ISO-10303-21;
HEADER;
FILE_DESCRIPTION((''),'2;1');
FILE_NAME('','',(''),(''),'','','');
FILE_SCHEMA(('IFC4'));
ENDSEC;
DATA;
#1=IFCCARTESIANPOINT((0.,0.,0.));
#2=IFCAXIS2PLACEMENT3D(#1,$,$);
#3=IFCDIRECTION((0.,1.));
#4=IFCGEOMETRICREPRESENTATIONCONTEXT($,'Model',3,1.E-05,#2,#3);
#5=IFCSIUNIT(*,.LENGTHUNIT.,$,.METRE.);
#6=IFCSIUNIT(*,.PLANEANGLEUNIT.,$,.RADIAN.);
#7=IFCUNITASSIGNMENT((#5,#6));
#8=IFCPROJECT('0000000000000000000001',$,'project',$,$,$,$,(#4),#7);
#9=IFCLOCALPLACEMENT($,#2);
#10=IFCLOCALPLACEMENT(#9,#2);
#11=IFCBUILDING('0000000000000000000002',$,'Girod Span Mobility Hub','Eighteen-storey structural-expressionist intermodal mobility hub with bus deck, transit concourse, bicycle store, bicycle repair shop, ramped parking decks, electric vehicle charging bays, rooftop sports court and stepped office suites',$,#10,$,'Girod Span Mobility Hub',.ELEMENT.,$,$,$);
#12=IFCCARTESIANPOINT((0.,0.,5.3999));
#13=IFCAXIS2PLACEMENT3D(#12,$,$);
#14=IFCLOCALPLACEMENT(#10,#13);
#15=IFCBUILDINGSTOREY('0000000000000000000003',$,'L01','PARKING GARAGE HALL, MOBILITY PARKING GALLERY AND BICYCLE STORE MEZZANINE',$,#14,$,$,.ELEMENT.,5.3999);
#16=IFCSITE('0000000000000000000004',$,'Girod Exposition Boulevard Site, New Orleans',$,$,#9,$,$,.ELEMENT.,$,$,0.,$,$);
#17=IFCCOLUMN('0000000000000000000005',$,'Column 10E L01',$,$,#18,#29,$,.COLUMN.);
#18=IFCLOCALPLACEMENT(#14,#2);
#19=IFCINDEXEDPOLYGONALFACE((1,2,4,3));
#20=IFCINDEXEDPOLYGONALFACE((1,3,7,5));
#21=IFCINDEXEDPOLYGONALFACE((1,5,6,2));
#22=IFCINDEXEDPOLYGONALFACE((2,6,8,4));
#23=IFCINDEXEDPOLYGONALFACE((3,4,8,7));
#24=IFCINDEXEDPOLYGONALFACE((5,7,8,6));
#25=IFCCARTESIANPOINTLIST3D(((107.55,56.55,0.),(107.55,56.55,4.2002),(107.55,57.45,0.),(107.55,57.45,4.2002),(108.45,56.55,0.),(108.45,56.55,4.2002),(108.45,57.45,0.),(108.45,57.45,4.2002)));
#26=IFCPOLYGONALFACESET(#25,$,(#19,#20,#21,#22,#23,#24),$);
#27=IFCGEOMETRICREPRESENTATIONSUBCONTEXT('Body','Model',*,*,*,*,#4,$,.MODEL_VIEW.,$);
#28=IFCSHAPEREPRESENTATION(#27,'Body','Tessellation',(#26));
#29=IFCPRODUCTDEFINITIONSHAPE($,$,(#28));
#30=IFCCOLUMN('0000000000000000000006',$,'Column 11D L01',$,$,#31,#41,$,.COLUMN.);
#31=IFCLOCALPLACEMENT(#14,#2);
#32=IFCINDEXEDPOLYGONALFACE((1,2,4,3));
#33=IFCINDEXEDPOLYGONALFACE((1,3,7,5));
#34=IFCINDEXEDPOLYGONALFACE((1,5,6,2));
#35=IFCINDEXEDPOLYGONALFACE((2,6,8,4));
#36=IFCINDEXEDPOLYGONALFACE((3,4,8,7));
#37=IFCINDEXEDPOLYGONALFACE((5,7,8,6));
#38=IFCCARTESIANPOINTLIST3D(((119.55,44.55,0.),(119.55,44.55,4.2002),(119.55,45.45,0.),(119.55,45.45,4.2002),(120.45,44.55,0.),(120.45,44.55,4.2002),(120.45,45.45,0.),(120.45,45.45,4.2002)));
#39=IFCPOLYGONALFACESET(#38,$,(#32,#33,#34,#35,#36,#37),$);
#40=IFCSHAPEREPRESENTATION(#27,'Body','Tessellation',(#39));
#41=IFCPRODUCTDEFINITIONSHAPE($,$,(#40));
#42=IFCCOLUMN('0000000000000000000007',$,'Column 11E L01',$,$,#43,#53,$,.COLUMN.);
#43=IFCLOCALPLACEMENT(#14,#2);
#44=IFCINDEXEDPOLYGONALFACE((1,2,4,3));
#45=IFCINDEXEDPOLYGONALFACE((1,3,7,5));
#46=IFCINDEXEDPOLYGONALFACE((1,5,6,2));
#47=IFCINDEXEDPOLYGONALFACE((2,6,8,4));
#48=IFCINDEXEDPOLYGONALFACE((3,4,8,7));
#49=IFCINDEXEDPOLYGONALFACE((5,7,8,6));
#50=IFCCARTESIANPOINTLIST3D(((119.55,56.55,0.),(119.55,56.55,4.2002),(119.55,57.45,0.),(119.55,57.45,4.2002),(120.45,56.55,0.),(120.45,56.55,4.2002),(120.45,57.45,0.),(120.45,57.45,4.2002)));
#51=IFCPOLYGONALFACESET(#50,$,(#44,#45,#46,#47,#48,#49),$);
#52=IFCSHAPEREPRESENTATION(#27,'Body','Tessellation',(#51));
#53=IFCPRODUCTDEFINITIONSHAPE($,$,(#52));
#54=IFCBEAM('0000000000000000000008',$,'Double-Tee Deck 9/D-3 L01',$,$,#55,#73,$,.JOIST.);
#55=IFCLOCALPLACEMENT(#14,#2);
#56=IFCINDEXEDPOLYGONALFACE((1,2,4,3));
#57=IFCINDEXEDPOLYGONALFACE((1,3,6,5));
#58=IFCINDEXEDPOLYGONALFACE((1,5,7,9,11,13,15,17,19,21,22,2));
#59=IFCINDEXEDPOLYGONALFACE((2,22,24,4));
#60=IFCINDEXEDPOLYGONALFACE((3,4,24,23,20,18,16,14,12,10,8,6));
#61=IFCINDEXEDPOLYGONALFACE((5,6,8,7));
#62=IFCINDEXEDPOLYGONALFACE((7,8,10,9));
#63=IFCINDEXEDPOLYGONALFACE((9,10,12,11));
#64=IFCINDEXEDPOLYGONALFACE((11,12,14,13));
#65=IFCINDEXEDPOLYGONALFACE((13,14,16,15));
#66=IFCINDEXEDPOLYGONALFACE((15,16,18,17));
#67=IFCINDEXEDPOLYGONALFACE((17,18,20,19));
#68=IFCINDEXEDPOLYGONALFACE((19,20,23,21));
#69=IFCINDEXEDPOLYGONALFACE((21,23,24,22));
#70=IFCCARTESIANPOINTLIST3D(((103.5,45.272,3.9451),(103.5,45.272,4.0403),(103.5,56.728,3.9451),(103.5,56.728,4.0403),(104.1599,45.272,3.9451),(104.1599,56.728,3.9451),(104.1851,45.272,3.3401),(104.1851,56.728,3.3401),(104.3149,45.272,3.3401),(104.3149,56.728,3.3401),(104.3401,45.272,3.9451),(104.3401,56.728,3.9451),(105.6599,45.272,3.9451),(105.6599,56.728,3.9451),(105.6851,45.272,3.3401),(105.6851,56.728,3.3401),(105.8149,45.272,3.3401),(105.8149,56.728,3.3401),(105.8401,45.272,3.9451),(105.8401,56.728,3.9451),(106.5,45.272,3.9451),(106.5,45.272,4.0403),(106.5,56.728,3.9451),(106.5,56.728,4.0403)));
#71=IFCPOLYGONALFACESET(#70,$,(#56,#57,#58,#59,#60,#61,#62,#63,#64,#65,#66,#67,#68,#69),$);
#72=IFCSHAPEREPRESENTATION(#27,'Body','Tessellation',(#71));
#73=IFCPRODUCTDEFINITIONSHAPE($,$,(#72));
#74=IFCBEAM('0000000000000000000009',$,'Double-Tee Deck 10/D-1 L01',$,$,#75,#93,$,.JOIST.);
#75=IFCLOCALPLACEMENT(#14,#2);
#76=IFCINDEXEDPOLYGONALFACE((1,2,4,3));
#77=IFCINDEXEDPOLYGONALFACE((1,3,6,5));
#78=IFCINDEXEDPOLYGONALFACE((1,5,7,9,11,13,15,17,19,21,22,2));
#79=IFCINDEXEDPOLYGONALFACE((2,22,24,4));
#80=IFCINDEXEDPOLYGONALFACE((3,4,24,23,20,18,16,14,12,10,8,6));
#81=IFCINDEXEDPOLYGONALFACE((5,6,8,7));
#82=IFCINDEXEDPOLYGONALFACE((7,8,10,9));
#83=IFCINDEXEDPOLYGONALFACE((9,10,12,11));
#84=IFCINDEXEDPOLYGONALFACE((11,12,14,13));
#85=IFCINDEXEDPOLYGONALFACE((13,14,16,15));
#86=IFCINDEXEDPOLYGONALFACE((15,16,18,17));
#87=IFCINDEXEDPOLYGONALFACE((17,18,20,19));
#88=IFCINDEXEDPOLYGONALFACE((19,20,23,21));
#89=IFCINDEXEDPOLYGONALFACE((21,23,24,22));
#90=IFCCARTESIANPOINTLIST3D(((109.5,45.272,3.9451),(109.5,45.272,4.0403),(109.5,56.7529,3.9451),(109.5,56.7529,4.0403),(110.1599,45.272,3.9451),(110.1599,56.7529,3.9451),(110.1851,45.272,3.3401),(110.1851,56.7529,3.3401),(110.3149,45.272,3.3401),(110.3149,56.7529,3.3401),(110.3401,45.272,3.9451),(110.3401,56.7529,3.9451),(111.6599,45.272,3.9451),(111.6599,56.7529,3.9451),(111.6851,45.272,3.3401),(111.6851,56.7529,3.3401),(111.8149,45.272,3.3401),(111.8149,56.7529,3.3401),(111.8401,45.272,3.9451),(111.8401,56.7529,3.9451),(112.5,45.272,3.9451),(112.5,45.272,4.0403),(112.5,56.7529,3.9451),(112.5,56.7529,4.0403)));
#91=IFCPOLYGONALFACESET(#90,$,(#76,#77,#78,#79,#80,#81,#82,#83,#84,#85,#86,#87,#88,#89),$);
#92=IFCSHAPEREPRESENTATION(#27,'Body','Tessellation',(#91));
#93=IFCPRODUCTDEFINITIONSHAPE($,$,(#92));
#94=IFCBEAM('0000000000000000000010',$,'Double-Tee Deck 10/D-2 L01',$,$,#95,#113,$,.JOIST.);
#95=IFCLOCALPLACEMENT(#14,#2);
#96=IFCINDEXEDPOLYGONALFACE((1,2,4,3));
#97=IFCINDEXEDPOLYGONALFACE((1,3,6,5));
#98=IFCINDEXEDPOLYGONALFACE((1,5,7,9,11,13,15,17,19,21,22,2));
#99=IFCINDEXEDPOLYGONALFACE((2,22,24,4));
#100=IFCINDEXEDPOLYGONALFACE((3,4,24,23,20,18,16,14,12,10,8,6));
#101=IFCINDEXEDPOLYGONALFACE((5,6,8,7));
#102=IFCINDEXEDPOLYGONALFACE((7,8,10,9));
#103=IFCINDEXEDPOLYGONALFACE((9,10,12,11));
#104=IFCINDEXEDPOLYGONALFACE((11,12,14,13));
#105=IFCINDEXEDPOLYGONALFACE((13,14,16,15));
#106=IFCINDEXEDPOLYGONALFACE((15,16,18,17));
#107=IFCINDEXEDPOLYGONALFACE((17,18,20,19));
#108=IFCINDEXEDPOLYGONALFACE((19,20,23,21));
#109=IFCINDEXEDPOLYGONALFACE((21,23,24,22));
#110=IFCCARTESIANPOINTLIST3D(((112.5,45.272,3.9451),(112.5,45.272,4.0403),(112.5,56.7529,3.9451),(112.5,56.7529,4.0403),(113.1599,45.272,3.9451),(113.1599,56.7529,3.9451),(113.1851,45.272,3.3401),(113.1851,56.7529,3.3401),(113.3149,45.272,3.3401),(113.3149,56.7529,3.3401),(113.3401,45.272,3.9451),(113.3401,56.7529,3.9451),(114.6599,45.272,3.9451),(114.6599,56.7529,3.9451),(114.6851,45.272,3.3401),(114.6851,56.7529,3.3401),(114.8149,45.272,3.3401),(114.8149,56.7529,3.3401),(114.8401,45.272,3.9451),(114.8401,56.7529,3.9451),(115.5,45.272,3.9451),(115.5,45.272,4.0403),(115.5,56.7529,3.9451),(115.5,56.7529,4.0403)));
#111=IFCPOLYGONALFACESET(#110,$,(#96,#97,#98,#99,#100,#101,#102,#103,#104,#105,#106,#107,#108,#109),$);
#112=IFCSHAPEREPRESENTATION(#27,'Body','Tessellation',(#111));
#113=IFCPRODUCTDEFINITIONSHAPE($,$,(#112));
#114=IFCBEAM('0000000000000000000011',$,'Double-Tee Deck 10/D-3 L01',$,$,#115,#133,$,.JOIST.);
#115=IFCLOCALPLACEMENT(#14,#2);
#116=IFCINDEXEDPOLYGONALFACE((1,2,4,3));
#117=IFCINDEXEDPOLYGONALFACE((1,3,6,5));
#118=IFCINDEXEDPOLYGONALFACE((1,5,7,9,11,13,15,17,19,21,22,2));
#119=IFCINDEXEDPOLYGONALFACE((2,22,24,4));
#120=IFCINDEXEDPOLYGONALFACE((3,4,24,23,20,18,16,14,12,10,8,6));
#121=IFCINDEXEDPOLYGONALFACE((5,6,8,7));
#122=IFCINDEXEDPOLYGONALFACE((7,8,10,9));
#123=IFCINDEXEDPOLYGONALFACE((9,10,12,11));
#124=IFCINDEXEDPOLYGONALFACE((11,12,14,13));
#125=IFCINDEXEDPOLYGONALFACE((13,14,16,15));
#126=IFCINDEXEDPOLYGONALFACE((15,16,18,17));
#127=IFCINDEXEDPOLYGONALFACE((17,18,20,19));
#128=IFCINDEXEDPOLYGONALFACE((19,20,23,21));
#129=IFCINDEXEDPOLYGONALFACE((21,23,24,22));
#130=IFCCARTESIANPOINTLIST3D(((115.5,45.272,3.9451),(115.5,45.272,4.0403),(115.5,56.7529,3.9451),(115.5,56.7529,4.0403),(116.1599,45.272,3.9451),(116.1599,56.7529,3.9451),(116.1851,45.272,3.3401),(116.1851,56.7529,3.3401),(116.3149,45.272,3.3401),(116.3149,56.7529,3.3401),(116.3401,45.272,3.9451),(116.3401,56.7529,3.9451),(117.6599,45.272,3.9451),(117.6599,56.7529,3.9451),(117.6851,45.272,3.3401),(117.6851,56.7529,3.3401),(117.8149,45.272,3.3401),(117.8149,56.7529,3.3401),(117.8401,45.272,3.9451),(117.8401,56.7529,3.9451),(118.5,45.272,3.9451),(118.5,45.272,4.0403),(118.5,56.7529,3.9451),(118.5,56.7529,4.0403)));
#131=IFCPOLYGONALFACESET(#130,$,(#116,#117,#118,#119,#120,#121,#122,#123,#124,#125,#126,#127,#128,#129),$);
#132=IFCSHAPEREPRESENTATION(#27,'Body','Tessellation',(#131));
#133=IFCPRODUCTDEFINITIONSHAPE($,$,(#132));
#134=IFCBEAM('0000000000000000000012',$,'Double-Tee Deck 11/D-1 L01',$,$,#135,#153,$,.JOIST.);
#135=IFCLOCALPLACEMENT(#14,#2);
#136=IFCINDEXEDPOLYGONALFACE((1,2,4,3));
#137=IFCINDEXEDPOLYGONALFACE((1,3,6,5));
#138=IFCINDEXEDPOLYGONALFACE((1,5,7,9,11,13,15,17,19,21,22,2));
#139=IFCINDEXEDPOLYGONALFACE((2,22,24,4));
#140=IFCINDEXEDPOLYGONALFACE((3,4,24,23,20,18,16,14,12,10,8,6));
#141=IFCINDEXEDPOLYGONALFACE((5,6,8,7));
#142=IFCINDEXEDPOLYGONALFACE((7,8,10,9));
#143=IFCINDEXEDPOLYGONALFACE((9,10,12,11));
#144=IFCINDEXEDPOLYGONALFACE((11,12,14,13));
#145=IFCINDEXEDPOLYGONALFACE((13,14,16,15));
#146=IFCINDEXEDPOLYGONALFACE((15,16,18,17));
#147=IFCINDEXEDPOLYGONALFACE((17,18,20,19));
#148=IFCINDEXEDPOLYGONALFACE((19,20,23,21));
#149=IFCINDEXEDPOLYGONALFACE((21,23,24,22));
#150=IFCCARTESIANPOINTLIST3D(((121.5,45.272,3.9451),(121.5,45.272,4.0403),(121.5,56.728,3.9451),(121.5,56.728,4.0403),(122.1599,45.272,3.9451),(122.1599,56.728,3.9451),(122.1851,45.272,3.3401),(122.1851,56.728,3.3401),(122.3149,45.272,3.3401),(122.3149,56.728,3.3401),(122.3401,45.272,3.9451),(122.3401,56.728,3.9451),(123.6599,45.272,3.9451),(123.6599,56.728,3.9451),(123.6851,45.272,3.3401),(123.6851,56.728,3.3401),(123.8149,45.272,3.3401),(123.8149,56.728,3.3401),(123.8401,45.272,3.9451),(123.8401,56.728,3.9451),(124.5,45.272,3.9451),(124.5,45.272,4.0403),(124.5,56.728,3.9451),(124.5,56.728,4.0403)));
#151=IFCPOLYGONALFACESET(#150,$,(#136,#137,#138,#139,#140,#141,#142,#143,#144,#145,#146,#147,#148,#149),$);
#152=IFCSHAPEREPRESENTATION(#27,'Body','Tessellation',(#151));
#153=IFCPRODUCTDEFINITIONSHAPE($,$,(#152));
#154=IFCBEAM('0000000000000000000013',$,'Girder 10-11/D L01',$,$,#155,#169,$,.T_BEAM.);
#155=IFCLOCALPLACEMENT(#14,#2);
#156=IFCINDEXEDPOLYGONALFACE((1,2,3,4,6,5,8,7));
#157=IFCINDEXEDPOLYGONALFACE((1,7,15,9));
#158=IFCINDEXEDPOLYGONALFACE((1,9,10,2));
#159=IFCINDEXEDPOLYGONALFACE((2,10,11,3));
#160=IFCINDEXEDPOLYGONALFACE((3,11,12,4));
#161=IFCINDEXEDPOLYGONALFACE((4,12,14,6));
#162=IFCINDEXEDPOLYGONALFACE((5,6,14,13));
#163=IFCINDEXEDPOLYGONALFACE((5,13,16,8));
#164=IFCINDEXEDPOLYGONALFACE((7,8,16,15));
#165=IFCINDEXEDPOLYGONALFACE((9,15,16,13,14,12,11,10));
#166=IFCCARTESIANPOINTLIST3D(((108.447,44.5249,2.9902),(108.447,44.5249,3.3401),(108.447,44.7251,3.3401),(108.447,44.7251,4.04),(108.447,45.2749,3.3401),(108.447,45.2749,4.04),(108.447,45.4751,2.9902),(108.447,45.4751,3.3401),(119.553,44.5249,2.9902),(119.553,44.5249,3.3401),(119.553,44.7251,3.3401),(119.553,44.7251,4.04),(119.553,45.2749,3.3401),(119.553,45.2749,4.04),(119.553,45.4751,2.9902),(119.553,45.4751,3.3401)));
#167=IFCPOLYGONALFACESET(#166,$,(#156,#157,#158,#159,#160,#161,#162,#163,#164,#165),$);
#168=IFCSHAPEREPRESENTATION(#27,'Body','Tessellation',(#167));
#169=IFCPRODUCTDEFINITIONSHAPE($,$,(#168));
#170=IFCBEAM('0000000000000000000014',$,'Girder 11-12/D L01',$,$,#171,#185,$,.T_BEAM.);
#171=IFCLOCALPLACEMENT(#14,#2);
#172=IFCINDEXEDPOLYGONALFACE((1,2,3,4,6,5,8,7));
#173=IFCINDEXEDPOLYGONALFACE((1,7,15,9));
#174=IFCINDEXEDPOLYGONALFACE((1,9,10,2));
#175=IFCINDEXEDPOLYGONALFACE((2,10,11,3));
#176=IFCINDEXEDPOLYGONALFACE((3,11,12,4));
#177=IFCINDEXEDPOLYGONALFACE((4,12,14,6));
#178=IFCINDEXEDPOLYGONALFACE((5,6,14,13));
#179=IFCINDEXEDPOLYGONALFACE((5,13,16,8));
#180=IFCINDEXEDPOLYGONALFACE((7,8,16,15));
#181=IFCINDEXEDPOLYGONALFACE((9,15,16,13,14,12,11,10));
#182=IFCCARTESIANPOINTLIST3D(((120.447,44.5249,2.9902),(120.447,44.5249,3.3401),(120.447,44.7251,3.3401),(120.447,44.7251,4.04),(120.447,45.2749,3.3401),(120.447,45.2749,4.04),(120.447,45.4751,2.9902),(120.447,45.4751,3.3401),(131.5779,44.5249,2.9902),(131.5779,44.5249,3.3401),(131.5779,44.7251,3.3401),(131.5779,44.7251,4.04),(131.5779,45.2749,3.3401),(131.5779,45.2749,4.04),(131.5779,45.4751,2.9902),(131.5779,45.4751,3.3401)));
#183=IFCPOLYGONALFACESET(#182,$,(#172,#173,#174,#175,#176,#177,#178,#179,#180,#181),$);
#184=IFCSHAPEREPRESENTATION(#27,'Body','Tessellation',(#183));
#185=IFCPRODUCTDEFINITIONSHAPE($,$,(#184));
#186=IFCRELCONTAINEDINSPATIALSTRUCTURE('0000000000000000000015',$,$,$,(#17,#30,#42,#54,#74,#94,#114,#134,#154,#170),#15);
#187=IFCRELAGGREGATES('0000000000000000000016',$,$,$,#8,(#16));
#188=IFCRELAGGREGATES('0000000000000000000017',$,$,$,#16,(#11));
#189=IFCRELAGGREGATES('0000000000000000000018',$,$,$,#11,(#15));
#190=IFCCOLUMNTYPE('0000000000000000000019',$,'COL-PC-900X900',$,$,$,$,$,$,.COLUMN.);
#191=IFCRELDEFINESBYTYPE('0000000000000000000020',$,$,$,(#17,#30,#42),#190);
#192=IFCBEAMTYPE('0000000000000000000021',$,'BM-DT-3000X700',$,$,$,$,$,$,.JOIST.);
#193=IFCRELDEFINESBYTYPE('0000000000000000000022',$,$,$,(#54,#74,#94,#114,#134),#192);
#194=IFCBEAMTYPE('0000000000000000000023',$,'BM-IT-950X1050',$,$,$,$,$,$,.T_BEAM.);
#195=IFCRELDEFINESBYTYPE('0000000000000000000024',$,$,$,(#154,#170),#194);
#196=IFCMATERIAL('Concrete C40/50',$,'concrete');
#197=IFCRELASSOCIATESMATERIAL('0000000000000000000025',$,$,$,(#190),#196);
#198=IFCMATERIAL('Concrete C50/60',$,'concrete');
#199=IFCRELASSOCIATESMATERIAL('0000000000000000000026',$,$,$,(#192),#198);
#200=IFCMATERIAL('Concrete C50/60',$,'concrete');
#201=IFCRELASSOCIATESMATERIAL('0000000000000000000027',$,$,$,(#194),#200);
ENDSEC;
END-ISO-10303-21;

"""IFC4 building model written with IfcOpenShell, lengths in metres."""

from ifc_helpers import new_model, si_unit, direction, frame, origin, origin_2d, place, context, subcontext, project, spatial, polyline, rectangle, outline, extrude, material, material_profile, profile_set, type_object, element, save


model = new_model("IFC4")

# Units and contexts
model_context = context("Model", 3, precision=1e-05, world=origin(), true_north=direction((0.0, 1.0)))
body_context = subcontext(model_context, "Body", "Model", "MODEL_VIEW")
ifc_project = project(units=[si_unit("LENGTHUNIT", "METRE"), si_unit("PLANEANGLEUNIT", "RADIAN")], contexts=[model_context])

# Site, building, storey
site_placement = place(None, origin())
site = spatial("IfcSite", under=ifc_project, at=site_placement, Name="Girod Exposition Boulevard Site, New Orleans", CompositionType="ELEMENT", RefElevation=0.0)
building_placement = place(site_placement, origin())
building = spatial("IfcBuilding", under=site, at=building_placement, Name="Girod Span Mobility Hub", Description="Eighteen-storey structural-expressionist intermodal mobility hub with bus deck, transit concourse, bicycle store, bicycle repair shop, ramped parking decks, electric vehicle charging bays, rooftop sports court and stepped office suites", LongName="Girod Span Mobility Hub", CompositionType="ELEMENT")
storey_placement = place(building_placement, frame((0.0, 0.0, 5.3999)))
storey = spatial("IfcBuildingStorey", under=building, at=storey_placement, Name="L01", Description="PARKING GARAGE HALL, MOBILITY PARKING GALLERY AND BICYCLE STORE MEZZANINE", CompositionType="ELEMENT", Elevation=5.3999)

# Columns
ifc_material_1 = material(Name="Concrete C40/50", Category="concrete")
ifc_material_profile_1 = material_profile(ifc_material_1, rectangle(XDim=0.8999, YDim=0.8999, at=origin_2d()), Name="PC-COL-900X900")
ifc_profile_set_1 = profile_set([ifc_material_profile_1], Name="Concrete C40/50")
column_type = type_object("IfcColumnType", Name="COL-PC-900X900", PredefinedType="COLUMN", material=ifc_profile_set_1)
for number, where, z_axis, x_axis, name in (
    (1, (108.0, 57.0, 0.0), (0.0, 0.0, 1.0), (1.0, 0.0, 0.0), "Column 10E L01"),
    (2, (120.0, 45.0, 0.0), (0.0, 0.0, 1.0), (1.0, 0.0, 0.0), "Column 11D L01"),
    (3, (120.0, 57.0, 0.0), (0.0, 0.0, 1.0), (1.0, 0.0, 0.0), "Column 11E L01"),
):
    element("IfcColumn", number, at=place(storey_placement, frame(where, z_axis=z_axis, x_axis=x_axis)), inside=storey, type_object=column_type, Name=name, PredefinedType="COLUMN", context=body_context, shape_type="SweptSolid", body=[
        extrude(rectangle(XDim=0.8999, YDim=0.8999, at=origin_2d()), origin(), (0.0, 0.0, 1.0), 4.2002),
    ])

# Beams
ifc_material_2 = material(Name="Concrete C50/60", Category="concrete")
ifc_material_profile_2 = material_profile(ifc_material_2, outline(polyline([(-1.5, 0.3501), (-1.5, 0.2549), (-0.8401, 0.2549), (-0.8149, -0.3501), (-0.6851, -0.3501), (-0.6599, 0.2549), (0.6599, 0.2549), (0.6851, -0.3501), (0.8149, -0.3501), (0.8401, 0.2549), (1.5, 0.2549), (1.5, 0.3501), (-1.5, 0.3501)])), Name="DT-3000X700")
ifc_profile_set_2 = profile_set([ifc_material_profile_2], Name="Concrete C50/60")
beam_type_1 = type_object("IfcBeamType", Name="BM-DT-3000X700", PredefinedType="JOIST", material=ifc_profile_set_2)
beam_1_placement = place(storey_placement, frame((105.0, 45.272, 3.6902), z_axis=(0.0, 1.0, 0.0), x_axis=(-1.0, 0.0, 0.0)))
element("IfcBeam", 4, at=beam_1_placement, inside=storey, type_object=beam_type_1, Name="Double-Tee Deck 9/D-3 L01", PredefinedType="JOIST", context=body_context, shape_type="SweptSolid", body=[
    extrude(outline(polyline([(-1.5, 0.3501), (-1.5, 0.2549), (-0.8401, 0.2549), (-0.8149, -0.3501), (-0.6851, -0.3501), (-0.6599, 0.2549), (0.6599, 0.2549), (0.6851, -0.3501), (0.8149, -0.3501), (0.8401, 0.2549), (1.5, 0.2549), (1.5, 0.3501), (-1.5, 0.3501)])), origin(), (0.0, 0.0, 1.0), 11.4561),
])
for number, where, z_axis, x_axis, name in (
    (5, (111.0, 45.272, 3.6902), (0.0, 1.0, 0.0), (-1.0, 0.0, 0.0), "Double-Tee Deck 10/D-1 L01"),
    (6, (114.0, 45.272, 3.6902), (0.0, 1.0, 0.0), (-1.0, 0.0, 0.0), "Double-Tee Deck 10/D-2 L01"),
    (7, (117.0, 45.272, 3.6902), (0.0, 1.0, 0.0), (-1.0, 0.0, 0.0), "Double-Tee Deck 10/D-3 L01"),
):
    element("IfcBeam", number, at=place(storey_placement, frame(where, z_axis=z_axis, x_axis=x_axis)), inside=storey, type_object=beam_type_1, Name=name, PredefinedType="JOIST", context=body_context, shape_type="SweptSolid", body=[
        extrude(outline(polyline([(-1.5, 0.3501), (-1.5, 0.2549), (-0.8401, 0.2549), (-0.8149, -0.3501), (-0.6851, -0.3501), (-0.6599, 0.2549), (0.6599, 0.2549), (0.6851, -0.3501), (0.8149, -0.3501), (0.8401, 0.2549), (1.5, 0.2549), (1.5, 0.3501), (-1.5, 0.3501)])), origin(), (0.0, 0.0, 1.0), 11.481),
    ])
beam_2_placement = place(storey_placement, frame((123.0, 45.272, 3.6902), z_axis=(0.0, 1.0, 0.0), x_axis=(-1.0, 0.0, 0.0)))
element("IfcBeam", 8, at=beam_2_placement, inside=storey, type_object=beam_type_1, Name="Double-Tee Deck 11/D-1 L01", PredefinedType="JOIST", context=body_context, shape_type="SweptSolid", body=[
    extrude(outline(polyline([(-1.5, 0.3501), (-1.5, 0.2549), (-0.8401, 0.2549), (-0.8149, -0.3501), (-0.6851, -0.3501), (-0.6599, 0.2549), (0.6599, 0.2549), (0.6851, -0.3501), (0.8149, -0.3501), (0.8401, 0.2549), (1.5, 0.2549), (1.5, 0.3501), (-1.5, 0.3501)])), origin(), (0.0, 0.0, 1.0), 11.4561),
])
ifc_material_3 = material(Name="Concrete C50/60", Category="concrete")
ifc_material_profile_3 = material_profile(ifc_material_3, outline(polyline([(-0.4751, -0.5249), (0.4751, -0.5249), (0.4751, -0.175), (0.2749, -0.175), (0.2749, 0.5249), (-0.2749, 0.5249), (-0.2749, -0.175), (-0.4751, -0.175), (-0.4751, -0.5249)])), Name="IT-950X1050")
ifc_profile_set_3 = profile_set([ifc_material_profile_3], Name="Concrete C50/60")
beam_type_2 = type_object("IfcBeamType", Name="BM-IT-950X1050", PredefinedType="T_BEAM", material=ifc_profile_set_3)
beam_3_placement = place(storey_placement, frame((108.447, 45.0, 3.5151), z_axis=(1.0, 0.0, 0.0), x_axis=(0.0, 1.0, 0.0)))
element("IfcBeam", 9, at=beam_3_placement, inside=storey, type_object=beam_type_2, Name="Girder 10-11/D L01", PredefinedType="T_BEAM", context=body_context, shape_type="SweptSolid", body=[
    extrude(outline(polyline([(-0.4751, -0.5249), (0.4751, -0.5249), (0.4751, -0.175), (0.2749, -0.175), (0.2749, 0.5249), (-0.2749, 0.5249), (-0.2749, -0.175), (-0.4751, -0.175), (-0.4751, -0.5249)])), origin(), (0.0, 0.0, 1.0), 11.106),
])
for number, where, z_axis, x_axis, name in (
    (10, (120.447, 45.0, 3.5151), (1.0, 0.0, 0.0), (0.0, 1.0, 0.0), "Girder 11-12/D L01"),
):
    element("IfcBeam", number, at=place(storey_placement, frame(where, z_axis=z_axis, x_axis=x_axis)), inside=storey, type_object=beam_type_2, Name=name, PredefinedType="T_BEAM", context=body_context, shape_type="SweptSolid", body=[
        extrude(outline(polyline([(-0.4751, -0.5249), (0.4751, -0.5249), (0.4751, -0.175), (0.2749, -0.175), (0.2749, 0.5249), (-0.2749, 0.5249), (-0.2749, -0.175), (-0.4751, -0.175), (-0.4751, -0.5249)])), origin(), (0.0, 0.0, 1.0), 11.1309),
    ])

save(model, "model.ifc")
